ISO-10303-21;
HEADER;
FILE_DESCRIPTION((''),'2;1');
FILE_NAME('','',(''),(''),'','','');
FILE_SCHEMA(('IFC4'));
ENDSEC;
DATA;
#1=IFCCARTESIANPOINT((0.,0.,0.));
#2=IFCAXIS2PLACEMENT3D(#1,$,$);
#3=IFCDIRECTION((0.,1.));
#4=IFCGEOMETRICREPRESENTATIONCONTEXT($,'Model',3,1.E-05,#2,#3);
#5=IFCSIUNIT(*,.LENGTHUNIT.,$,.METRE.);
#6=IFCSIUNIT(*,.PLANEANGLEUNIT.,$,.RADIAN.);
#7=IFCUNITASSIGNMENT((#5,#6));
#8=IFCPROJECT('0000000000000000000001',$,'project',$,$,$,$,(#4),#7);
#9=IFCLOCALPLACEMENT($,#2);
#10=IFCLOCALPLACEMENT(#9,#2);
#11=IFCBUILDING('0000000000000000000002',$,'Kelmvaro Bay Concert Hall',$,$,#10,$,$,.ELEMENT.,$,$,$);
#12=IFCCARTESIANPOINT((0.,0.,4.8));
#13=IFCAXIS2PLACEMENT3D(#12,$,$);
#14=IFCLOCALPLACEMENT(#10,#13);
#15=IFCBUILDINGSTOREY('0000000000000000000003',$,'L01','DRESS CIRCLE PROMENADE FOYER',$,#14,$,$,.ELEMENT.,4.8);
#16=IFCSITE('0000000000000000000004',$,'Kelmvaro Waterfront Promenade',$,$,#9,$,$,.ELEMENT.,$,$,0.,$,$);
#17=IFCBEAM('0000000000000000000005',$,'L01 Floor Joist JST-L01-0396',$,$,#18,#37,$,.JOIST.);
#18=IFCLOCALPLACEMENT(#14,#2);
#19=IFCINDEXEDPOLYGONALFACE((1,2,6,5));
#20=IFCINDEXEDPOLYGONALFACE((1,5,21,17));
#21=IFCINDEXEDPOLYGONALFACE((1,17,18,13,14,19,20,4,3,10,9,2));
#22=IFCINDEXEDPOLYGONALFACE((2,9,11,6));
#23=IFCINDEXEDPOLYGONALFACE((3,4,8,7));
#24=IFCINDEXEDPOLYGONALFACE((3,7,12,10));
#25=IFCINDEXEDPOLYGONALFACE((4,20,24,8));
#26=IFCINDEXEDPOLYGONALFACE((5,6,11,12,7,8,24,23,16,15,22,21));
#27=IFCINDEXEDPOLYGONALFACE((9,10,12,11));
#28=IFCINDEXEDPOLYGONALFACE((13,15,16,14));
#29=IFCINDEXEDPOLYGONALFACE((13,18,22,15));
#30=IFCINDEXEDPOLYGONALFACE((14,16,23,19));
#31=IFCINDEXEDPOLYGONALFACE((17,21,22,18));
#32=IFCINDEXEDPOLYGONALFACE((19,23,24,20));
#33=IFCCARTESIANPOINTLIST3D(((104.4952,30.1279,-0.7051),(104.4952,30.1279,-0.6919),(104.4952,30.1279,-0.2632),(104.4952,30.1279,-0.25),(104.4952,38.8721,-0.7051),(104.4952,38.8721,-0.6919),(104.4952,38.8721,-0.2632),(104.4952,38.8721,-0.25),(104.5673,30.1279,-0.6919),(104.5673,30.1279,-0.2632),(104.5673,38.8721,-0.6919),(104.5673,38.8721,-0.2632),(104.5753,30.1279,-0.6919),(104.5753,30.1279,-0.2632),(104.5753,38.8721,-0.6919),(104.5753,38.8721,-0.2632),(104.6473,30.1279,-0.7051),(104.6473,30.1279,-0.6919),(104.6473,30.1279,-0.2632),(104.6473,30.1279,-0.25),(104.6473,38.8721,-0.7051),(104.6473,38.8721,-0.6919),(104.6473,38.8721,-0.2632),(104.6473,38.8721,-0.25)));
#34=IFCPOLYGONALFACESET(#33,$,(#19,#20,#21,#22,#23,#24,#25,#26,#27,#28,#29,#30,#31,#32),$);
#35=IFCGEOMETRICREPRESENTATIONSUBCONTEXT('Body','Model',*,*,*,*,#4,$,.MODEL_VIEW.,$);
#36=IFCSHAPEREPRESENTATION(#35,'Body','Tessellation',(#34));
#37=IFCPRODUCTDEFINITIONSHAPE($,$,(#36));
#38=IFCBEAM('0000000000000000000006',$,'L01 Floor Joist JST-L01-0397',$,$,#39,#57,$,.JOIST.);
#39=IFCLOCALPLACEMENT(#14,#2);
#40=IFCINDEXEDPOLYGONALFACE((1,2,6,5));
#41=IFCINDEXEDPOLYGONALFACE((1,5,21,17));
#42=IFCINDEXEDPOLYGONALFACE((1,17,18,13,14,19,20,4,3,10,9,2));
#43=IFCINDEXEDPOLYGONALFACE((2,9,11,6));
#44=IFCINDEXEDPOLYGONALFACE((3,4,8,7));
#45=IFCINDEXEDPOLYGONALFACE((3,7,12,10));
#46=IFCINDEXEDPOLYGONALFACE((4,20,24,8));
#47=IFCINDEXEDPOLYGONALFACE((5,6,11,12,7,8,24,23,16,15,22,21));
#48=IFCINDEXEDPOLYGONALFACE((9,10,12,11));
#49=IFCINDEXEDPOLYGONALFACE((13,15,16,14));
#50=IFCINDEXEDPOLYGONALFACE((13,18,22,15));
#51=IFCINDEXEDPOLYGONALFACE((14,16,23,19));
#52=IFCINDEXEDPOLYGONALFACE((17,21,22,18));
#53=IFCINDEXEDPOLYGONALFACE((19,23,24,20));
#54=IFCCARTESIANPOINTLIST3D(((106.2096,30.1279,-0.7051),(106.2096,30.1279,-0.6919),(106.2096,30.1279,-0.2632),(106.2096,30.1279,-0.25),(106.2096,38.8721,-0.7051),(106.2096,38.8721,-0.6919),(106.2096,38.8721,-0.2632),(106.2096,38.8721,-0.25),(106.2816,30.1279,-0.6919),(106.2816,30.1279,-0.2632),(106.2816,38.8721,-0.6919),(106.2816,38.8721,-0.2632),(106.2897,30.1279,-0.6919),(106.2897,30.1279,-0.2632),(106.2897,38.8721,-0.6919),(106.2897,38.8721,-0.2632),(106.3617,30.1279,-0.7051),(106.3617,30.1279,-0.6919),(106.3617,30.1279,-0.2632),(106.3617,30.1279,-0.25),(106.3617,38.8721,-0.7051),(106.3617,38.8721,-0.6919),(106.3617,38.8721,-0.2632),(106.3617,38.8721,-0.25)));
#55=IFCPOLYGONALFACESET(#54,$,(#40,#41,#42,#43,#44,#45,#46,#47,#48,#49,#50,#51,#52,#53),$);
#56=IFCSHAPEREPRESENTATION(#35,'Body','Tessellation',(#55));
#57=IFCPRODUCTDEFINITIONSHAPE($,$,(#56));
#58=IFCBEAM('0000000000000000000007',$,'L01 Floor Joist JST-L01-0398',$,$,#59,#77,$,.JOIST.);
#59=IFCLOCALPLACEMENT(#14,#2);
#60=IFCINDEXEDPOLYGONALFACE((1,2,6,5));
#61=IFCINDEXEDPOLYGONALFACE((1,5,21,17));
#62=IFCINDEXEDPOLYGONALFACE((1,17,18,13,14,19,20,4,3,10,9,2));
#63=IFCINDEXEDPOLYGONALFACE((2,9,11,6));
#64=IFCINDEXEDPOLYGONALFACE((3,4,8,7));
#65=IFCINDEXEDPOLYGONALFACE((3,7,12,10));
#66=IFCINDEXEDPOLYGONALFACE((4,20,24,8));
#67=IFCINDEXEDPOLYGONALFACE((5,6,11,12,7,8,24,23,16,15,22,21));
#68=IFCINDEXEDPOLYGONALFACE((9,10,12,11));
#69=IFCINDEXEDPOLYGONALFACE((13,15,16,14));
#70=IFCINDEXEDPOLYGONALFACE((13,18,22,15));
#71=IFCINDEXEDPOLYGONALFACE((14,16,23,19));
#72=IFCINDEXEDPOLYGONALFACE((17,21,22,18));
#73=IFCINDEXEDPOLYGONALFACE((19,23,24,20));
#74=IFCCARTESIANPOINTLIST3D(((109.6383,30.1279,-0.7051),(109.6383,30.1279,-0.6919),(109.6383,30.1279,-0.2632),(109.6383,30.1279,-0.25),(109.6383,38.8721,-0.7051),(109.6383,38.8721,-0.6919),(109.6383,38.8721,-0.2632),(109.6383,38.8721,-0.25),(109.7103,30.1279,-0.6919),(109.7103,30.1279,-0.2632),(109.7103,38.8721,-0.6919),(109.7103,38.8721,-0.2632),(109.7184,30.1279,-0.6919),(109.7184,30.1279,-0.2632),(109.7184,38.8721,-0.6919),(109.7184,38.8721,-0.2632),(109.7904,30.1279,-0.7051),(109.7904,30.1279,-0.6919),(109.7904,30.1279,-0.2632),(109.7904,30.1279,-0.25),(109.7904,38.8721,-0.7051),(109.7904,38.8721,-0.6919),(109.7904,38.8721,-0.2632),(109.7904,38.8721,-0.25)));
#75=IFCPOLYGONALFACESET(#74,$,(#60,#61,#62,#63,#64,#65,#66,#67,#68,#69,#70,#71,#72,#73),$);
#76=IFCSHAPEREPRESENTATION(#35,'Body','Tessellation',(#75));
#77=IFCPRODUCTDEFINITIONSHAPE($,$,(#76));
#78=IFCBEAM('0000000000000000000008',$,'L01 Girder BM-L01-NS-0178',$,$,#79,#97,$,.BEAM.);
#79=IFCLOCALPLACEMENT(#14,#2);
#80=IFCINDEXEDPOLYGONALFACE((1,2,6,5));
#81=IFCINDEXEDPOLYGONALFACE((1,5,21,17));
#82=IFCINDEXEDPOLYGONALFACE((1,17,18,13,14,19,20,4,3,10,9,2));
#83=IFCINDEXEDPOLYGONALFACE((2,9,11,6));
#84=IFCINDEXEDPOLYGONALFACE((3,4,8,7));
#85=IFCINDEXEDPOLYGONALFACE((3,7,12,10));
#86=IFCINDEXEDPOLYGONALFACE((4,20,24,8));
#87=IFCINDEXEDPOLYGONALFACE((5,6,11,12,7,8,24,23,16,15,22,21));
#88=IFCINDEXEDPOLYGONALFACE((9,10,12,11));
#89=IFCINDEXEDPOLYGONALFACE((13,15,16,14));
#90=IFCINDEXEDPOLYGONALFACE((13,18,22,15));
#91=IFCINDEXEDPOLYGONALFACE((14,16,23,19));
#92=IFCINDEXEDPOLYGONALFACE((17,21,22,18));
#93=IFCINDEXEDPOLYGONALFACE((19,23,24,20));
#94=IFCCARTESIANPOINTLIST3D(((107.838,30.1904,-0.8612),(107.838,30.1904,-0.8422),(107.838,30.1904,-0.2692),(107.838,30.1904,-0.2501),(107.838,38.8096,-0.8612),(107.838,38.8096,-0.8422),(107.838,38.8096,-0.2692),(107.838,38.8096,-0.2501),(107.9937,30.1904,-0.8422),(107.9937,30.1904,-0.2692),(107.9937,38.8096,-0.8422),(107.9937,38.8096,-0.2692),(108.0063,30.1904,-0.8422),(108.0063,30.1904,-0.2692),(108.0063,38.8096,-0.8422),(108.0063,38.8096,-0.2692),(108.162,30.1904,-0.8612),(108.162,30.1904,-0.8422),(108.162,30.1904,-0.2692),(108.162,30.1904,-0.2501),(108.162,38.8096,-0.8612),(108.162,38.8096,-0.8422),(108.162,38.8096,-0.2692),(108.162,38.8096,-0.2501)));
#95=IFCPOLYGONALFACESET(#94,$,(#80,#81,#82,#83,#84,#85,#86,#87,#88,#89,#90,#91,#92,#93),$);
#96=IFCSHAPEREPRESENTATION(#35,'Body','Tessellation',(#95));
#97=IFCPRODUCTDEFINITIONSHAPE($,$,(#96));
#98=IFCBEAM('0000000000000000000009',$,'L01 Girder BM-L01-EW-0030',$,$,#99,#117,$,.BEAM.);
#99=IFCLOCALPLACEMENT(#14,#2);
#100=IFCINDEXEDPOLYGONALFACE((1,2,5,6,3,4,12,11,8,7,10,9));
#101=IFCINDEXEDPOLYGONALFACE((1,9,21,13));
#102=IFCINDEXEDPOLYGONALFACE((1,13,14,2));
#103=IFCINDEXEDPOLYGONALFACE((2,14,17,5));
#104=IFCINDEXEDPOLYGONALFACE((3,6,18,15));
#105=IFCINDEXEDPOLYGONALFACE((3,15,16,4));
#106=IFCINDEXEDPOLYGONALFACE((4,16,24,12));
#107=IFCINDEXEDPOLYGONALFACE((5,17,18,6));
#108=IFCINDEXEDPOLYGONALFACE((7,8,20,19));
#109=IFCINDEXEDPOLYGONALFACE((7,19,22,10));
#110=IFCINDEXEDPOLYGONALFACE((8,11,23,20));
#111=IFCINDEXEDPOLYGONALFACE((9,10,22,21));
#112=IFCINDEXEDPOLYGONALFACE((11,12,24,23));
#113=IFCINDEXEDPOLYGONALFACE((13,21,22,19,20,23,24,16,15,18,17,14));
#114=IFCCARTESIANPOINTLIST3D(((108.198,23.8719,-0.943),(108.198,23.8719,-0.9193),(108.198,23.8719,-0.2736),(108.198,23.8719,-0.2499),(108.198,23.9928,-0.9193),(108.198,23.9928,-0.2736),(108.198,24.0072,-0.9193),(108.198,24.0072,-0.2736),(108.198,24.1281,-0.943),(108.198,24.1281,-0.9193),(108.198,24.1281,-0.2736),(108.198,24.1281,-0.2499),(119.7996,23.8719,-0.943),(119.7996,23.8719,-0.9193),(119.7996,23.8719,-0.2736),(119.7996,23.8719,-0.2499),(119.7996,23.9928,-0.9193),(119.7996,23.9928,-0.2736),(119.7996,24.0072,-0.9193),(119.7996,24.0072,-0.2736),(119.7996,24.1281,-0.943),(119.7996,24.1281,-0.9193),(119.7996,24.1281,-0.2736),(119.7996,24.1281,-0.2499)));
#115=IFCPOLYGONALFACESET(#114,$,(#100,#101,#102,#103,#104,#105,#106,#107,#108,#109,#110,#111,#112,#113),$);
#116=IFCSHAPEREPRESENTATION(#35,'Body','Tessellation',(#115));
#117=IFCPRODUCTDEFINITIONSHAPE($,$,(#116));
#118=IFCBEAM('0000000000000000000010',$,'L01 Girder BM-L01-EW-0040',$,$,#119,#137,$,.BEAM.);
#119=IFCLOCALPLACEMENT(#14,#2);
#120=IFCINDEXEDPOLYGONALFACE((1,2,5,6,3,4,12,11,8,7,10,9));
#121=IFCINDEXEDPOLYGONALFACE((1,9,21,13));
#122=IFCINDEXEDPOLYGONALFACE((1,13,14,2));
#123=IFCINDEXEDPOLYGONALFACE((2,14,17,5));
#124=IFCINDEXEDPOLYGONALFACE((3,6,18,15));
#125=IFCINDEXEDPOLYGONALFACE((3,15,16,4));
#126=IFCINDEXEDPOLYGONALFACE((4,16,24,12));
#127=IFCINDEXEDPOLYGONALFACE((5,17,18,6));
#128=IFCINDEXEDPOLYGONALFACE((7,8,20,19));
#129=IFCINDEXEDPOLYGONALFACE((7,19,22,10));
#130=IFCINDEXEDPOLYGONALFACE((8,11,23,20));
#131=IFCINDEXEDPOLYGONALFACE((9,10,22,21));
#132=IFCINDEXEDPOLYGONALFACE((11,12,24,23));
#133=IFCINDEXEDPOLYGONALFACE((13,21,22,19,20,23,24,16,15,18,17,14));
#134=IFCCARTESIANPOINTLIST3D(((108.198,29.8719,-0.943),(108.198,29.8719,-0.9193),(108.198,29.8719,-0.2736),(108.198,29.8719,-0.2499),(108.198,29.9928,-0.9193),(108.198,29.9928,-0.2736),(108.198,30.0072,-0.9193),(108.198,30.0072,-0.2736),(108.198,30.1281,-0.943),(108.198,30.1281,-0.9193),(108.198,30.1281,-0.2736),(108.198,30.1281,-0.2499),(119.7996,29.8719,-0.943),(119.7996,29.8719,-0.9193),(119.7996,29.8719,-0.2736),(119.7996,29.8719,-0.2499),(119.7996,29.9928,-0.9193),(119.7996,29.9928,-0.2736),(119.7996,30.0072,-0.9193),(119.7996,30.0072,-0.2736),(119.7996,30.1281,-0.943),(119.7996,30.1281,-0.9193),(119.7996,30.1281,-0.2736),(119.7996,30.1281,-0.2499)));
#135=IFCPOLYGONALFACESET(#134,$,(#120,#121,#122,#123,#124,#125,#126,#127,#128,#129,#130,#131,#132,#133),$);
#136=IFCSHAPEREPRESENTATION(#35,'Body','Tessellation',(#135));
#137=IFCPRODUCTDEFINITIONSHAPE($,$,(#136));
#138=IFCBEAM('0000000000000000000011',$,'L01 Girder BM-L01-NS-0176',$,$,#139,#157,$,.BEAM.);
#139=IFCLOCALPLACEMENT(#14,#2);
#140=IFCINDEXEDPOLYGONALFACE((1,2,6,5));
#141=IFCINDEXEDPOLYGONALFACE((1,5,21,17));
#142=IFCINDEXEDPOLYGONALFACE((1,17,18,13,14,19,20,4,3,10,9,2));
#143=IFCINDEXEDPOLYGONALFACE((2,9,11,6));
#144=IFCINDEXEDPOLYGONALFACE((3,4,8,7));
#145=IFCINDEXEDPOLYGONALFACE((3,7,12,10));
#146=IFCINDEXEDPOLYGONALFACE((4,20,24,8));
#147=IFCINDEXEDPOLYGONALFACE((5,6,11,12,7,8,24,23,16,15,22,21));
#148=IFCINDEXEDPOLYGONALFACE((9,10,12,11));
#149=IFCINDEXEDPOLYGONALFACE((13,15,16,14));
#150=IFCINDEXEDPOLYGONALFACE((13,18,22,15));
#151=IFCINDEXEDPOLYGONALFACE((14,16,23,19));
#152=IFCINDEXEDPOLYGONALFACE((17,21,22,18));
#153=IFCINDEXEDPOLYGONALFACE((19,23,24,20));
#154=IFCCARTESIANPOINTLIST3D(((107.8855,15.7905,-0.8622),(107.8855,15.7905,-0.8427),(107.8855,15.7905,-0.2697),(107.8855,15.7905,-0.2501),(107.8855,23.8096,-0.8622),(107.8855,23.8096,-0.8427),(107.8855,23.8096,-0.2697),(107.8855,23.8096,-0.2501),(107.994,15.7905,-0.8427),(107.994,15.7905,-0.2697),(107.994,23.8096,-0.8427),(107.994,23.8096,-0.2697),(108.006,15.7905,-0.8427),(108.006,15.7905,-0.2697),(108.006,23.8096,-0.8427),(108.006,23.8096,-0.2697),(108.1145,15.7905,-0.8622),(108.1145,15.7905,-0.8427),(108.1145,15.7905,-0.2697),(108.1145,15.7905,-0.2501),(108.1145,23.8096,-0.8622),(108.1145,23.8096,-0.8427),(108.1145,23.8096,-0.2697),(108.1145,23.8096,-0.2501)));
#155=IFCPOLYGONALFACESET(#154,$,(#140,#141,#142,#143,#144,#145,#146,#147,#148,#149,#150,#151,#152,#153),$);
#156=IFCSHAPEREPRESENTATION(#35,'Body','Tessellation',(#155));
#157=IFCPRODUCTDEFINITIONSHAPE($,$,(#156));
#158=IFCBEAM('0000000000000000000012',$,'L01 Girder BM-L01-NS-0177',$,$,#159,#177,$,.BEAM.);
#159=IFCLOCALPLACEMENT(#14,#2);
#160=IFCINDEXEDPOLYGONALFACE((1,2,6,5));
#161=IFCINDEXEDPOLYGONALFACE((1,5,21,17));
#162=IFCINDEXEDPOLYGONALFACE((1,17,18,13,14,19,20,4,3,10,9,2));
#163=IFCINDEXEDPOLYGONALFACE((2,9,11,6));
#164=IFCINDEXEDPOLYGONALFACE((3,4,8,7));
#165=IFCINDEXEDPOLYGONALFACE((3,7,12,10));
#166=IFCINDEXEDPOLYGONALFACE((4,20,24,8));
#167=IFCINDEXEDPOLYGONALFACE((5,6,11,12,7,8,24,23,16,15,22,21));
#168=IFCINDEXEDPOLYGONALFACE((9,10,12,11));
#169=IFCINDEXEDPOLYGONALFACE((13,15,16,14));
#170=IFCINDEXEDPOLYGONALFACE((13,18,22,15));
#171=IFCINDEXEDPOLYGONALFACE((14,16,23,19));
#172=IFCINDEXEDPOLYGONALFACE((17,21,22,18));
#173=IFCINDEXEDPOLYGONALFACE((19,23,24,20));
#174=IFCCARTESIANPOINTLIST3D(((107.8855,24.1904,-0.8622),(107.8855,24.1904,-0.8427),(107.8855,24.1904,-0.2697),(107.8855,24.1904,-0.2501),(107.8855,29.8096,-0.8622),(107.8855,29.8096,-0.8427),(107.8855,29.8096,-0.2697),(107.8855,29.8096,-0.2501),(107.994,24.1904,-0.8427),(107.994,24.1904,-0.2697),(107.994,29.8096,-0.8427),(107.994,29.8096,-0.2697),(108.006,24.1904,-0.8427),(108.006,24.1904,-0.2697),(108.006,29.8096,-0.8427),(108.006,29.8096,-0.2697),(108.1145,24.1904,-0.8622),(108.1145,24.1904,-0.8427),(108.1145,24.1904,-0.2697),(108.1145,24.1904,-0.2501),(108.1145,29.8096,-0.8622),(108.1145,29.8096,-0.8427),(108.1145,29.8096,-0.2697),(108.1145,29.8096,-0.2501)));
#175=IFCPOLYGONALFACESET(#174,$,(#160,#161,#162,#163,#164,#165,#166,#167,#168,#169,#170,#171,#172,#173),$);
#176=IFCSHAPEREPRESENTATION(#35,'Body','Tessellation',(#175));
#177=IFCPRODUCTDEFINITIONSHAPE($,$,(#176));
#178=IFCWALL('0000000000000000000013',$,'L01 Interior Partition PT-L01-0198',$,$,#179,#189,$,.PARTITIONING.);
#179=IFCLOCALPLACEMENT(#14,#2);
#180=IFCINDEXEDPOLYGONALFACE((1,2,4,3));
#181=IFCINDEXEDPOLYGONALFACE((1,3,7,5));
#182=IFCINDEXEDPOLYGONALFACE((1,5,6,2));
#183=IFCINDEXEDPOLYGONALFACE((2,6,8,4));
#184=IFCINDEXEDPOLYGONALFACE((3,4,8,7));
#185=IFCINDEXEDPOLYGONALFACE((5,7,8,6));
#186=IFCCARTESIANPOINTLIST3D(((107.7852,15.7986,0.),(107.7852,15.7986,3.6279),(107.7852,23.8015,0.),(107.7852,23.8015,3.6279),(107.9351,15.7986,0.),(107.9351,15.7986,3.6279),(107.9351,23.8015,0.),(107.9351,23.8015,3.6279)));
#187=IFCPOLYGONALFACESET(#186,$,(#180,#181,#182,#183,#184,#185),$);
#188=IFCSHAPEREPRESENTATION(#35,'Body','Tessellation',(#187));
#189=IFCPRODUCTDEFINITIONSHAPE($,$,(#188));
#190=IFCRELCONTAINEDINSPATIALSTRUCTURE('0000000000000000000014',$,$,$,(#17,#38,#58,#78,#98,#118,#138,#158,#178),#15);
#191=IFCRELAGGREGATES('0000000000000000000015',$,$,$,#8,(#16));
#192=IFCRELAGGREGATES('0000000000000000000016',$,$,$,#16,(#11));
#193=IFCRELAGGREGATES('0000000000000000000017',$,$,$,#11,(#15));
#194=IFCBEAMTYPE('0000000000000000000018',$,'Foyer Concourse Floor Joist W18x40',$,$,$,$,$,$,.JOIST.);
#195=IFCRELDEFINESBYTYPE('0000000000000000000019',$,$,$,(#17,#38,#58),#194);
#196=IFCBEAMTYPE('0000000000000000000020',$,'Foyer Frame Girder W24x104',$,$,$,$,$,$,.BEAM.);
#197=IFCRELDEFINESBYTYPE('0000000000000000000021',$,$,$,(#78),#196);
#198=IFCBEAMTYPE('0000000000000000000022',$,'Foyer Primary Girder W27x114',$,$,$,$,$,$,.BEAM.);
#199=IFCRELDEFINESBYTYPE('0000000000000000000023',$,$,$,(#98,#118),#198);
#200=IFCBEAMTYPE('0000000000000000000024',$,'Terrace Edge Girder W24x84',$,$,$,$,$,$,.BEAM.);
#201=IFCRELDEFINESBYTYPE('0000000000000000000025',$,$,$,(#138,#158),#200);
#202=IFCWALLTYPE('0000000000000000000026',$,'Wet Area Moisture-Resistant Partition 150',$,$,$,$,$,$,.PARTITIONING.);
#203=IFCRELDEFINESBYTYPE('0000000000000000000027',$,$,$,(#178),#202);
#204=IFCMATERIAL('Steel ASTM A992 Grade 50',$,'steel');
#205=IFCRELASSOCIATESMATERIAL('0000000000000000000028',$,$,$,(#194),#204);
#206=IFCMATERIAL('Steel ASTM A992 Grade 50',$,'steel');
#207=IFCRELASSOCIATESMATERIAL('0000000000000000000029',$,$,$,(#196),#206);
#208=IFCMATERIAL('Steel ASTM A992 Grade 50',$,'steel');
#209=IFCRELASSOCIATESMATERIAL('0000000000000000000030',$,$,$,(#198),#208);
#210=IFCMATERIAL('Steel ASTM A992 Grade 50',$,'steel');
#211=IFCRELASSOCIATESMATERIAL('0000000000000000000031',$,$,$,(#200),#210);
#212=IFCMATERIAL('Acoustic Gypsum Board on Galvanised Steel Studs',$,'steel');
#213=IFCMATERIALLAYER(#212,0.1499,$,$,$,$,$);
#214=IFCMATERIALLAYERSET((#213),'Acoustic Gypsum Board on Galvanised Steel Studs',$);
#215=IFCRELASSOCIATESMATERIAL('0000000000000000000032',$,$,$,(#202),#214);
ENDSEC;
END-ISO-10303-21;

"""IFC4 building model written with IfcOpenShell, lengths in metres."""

from ifc_helpers import new_model, si_unit, direction, frame, frame_2d, origin, origin_2d, place, context, subcontext, project, spatial, rectangle, i_section, extrude, material, layer, layer_set, material_profile, profile_set, type_object, element, save


model = new_model("IFC4")

# Units and contexts
model_context = context("Model", 3, precision=1e-05, world=origin(), true_north=direction((0.0, 1.0)))
body_context = subcontext(model_context, "Body", "Model", "MODEL_VIEW")
ifc_project = project(units=[si_unit("LENGTHUNIT", "METRE"), si_unit("PLANEANGLEUNIT", "RADIAN")], contexts=[model_context])

# Site, building, storey
site_placement = place(None, origin())
site = spatial("IfcSite", under=ifc_project, at=site_placement, Name="Kelmvaro Waterfront Promenade", CompositionType="ELEMENT", RefElevation=0.0)
building_placement = place(site_placement, origin())
building = spatial("IfcBuilding", under=site, at=building_placement, Name="Kelmvaro Bay Concert Hall", CompositionType="ELEMENT")
storey_placement = place(building_placement, frame((0.0, 0.0, 4.8)))
storey = spatial("IfcBuildingStorey", under=building, at=storey_placement, Name="L01", Description="DRESS CIRCLE PROMENADE FOYER", CompositionType="ELEMENT", Elevation=4.8)

# Beams
ifc_material_1 = material(Name="Steel ASTM A992 Grade 50", Category="steel")
ifc_material_profile_1 = material_profile(ifc_material_1, i_section(OverallWidth=0.1521, OverallDepth=0.4551, WebThickness=0.0081, FlangeThickness=0.0132, at=origin_2d()), Name="W18X40")
ifc_profile_set_1 = profile_set([ifc_material_profile_1], Name="Steel ASTM A992 Grade 50")
beam_type_1 = type_object("IfcBeamType", Name="Foyer Concourse Floor Joist W18x40", PredefinedType="JOIST", material=ifc_profile_set_1)
for number, where, z_axis, x_axis, name in (
    (1, (104.5713, 30.1279, -0.4775), (0.0, 1.0, 0.0), (-1.0, 0.0, 0.0), "L01 Floor Joist JST-L01-0396"),
    (2, (106.2856, 30.1279, -0.4775), (0.0, 1.0, 0.0), (-1.0, 0.0, 0.0), "L01 Floor Joist JST-L01-0397"),
    (3, (109.7144, 30.1279, -0.4775), (0.0, 1.0, 0.0), (-1.0, 0.0, 0.0), "L01 Floor Joist JST-L01-0398"),
):
    element("IfcBeam", number, at=place(storey_placement, frame(where, z_axis=z_axis, x_axis=x_axis)), inside=storey, type_object=beam_type_1, Name=name, PredefinedType="JOIST", context=body_context, shape_type="SweptSolid", body=[
        extrude(i_section(OverallWidth=0.1521, OverallDepth=0.4551, WebThickness=0.0081, FlangeThickness=0.0132, at=origin_2d()), origin(), (0.0, 0.0, 1.0), 8.7441),
    ])
ifc_material_2 = material(Name="Steel ASTM A992 Grade 50", Category="steel")
ifc_material_profile_2 = material_profile(ifc_material_2, i_section(OverallWidth=0.324, OverallDepth=0.6111, WebThickness=0.0127, FlangeThickness=0.019, at=origin_2d()), Name="W24X104")
ifc_profile_set_2 = profile_set([ifc_material_profile_2], Name="Steel ASTM A992 Grade 50")
beam_type_2 = type_object("IfcBeamType", Name="Foyer Frame Girder W24x104", PredefinedType="BEAM", material=ifc_profile_set_2)
beam_1_placement = place(storey_placement, frame((108.0, 30.1904, -0.5557), z_axis=(0.0, 1.0, 0.0), x_axis=(-1.0, 0.0, 0.0)))
element("IfcBeam", 4, at=beam_1_placement, inside=storey, type_object=beam_type_2, Name="L01 Girder BM-L01-NS-0178", PredefinedType="BEAM", context=body_context, shape_type="SweptSolid", body=[
    extrude(i_section(OverallWidth=0.324, OverallDepth=0.6111, WebThickness=0.0127, FlangeThickness=0.019, at=origin_2d()), origin(), (0.0, 0.0, 1.0), 8.6191),
])
ifc_material_3 = material(Name="Steel ASTM A992 Grade 50", Category="steel")
ifc_material_profile_3 = material_profile(ifc_material_3, i_section(OverallWidth=0.2561, OverallDepth=0.6931, WebThickness=0.0144, FlangeThickness=0.0237, at=origin_2d()), Name="W27X114")
ifc_profile_set_3 = profile_set([ifc_material_profile_3], Name="Steel ASTM A992 Grade 50")
beam_type_3 = type_object("IfcBeamType", Name="Foyer Primary Girder W27x114", PredefinedType="BEAM", material=ifc_profile_set_3)
for number, where, z_axis, x_axis, name in (
    (5, (108.198, 24.0, -0.5964), (1.0, 0.0, 0.0), (0.0, 1.0, 0.0), "L01 Girder BM-L01-EW-0030"),
    (6, (108.198, 30.0, -0.5964), (1.0, 0.0, 0.0), (0.0, 1.0, 0.0), "L01 Girder BM-L01-EW-0040"),
):
    element("IfcBeam", number, at=place(storey_placement, frame(where, z_axis=z_axis, x_axis=x_axis)), inside=storey, type_object=beam_type_3, Name=name, PredefinedType="BEAM", context=body_context, shape_type="SweptSolid", body=[
        extrude(i_section(OverallWidth=0.2561, OverallDepth=0.6931, WebThickness=0.0144, FlangeThickness=0.0237, at=origin_2d()), origin(), (0.0, 0.0, 1.0), 11.6016),
    ])
ifc_material_4 = material(Name="Steel ASTM A992 Grade 50", Category="steel")
ifc_material_profile_4 = material_profile(ifc_material_4, i_section(OverallWidth=0.229, OverallDepth=0.6121, WebThickness=0.012, FlangeThickness=0.0195, at=origin_2d()), Name="W24X84")
ifc_profile_set_4 = profile_set([ifc_material_profile_4], Name="Steel ASTM A992 Grade 50")
beam_type_4 = type_object("IfcBeamType", Name="Terrace Edge Girder W24x84", PredefinedType="BEAM", material=ifc_profile_set_4)
beam_2_placement = place(storey_placement, frame((108.0, 15.7905, -0.5562), z_axis=(0.0, 1.0, 0.0), x_axis=(-1.0, 0.0, 0.0)))
element("IfcBeam", 7, at=beam_2_placement, inside=storey, type_object=beam_type_4, Name="L01 Girder BM-L01-NS-0176", PredefinedType="BEAM", context=body_context, shape_type="SweptSolid", body=[
    extrude(i_section(OverallWidth=0.229, OverallDepth=0.6121, WebThickness=0.012, FlangeThickness=0.0195, at=origin_2d()), origin(), (0.0, 0.0, 1.0), 8.019),
])
beam_3_placement = place(storey_placement, frame((108.0, 24.1904, -0.5562), z_axis=(0.0, 1.0, 0.0), x_axis=(-1.0, 0.0, 0.0)))
element("IfcBeam", 8, at=beam_3_placement, inside=storey, type_object=beam_type_4, Name="L01 Girder BM-L01-NS-0177", PredefinedType="BEAM", context=body_context, shape_type="SweptSolid", body=[
    extrude(i_section(OverallWidth=0.229, OverallDepth=0.6121, WebThickness=0.012, FlangeThickness=0.0195, at=origin_2d()), origin(), (0.0, 0.0, 1.0), 5.6191),
])

# Wall
ifc_material_5 = material(Name="Acoustic Gypsum Board on Galvanised Steel Studs", Category="steel")
ifc_layer = layer(ifc_material_5, 0.1499)
ifc_layer_set = layer_set([ifc_layer], Name="Acoustic Gypsum Board on Galvanised Steel Studs")
wall_type = type_object("IfcWallType", Name="Wet Area Moisture-Resistant Partition 150", PredefinedType="PARTITIONING", material=ifc_layer_set)
wall_1_placement = place(storey_placement, frame((107.8601, 15.7986, 0.0), z_axis=(0.0, 0.0, 1.0), x_axis=(0.0, 1.0, 0.0)))
element("IfcWall", 9, at=wall_1_placement, inside=storey, type_object=wall_type, Name="L01 Interior Partition PT-L01-0198", PredefinedType="PARTITIONING", context=body_context, shape_type="SweptSolid", body=[
    extrude(rectangle(XDim=8.0029, YDim=0.1499, at=frame_2d((4.0015, 0.0))), origin(), (0.0, 0.0, 1.0), 3.6279),
])

save(model, "model.ifc")
